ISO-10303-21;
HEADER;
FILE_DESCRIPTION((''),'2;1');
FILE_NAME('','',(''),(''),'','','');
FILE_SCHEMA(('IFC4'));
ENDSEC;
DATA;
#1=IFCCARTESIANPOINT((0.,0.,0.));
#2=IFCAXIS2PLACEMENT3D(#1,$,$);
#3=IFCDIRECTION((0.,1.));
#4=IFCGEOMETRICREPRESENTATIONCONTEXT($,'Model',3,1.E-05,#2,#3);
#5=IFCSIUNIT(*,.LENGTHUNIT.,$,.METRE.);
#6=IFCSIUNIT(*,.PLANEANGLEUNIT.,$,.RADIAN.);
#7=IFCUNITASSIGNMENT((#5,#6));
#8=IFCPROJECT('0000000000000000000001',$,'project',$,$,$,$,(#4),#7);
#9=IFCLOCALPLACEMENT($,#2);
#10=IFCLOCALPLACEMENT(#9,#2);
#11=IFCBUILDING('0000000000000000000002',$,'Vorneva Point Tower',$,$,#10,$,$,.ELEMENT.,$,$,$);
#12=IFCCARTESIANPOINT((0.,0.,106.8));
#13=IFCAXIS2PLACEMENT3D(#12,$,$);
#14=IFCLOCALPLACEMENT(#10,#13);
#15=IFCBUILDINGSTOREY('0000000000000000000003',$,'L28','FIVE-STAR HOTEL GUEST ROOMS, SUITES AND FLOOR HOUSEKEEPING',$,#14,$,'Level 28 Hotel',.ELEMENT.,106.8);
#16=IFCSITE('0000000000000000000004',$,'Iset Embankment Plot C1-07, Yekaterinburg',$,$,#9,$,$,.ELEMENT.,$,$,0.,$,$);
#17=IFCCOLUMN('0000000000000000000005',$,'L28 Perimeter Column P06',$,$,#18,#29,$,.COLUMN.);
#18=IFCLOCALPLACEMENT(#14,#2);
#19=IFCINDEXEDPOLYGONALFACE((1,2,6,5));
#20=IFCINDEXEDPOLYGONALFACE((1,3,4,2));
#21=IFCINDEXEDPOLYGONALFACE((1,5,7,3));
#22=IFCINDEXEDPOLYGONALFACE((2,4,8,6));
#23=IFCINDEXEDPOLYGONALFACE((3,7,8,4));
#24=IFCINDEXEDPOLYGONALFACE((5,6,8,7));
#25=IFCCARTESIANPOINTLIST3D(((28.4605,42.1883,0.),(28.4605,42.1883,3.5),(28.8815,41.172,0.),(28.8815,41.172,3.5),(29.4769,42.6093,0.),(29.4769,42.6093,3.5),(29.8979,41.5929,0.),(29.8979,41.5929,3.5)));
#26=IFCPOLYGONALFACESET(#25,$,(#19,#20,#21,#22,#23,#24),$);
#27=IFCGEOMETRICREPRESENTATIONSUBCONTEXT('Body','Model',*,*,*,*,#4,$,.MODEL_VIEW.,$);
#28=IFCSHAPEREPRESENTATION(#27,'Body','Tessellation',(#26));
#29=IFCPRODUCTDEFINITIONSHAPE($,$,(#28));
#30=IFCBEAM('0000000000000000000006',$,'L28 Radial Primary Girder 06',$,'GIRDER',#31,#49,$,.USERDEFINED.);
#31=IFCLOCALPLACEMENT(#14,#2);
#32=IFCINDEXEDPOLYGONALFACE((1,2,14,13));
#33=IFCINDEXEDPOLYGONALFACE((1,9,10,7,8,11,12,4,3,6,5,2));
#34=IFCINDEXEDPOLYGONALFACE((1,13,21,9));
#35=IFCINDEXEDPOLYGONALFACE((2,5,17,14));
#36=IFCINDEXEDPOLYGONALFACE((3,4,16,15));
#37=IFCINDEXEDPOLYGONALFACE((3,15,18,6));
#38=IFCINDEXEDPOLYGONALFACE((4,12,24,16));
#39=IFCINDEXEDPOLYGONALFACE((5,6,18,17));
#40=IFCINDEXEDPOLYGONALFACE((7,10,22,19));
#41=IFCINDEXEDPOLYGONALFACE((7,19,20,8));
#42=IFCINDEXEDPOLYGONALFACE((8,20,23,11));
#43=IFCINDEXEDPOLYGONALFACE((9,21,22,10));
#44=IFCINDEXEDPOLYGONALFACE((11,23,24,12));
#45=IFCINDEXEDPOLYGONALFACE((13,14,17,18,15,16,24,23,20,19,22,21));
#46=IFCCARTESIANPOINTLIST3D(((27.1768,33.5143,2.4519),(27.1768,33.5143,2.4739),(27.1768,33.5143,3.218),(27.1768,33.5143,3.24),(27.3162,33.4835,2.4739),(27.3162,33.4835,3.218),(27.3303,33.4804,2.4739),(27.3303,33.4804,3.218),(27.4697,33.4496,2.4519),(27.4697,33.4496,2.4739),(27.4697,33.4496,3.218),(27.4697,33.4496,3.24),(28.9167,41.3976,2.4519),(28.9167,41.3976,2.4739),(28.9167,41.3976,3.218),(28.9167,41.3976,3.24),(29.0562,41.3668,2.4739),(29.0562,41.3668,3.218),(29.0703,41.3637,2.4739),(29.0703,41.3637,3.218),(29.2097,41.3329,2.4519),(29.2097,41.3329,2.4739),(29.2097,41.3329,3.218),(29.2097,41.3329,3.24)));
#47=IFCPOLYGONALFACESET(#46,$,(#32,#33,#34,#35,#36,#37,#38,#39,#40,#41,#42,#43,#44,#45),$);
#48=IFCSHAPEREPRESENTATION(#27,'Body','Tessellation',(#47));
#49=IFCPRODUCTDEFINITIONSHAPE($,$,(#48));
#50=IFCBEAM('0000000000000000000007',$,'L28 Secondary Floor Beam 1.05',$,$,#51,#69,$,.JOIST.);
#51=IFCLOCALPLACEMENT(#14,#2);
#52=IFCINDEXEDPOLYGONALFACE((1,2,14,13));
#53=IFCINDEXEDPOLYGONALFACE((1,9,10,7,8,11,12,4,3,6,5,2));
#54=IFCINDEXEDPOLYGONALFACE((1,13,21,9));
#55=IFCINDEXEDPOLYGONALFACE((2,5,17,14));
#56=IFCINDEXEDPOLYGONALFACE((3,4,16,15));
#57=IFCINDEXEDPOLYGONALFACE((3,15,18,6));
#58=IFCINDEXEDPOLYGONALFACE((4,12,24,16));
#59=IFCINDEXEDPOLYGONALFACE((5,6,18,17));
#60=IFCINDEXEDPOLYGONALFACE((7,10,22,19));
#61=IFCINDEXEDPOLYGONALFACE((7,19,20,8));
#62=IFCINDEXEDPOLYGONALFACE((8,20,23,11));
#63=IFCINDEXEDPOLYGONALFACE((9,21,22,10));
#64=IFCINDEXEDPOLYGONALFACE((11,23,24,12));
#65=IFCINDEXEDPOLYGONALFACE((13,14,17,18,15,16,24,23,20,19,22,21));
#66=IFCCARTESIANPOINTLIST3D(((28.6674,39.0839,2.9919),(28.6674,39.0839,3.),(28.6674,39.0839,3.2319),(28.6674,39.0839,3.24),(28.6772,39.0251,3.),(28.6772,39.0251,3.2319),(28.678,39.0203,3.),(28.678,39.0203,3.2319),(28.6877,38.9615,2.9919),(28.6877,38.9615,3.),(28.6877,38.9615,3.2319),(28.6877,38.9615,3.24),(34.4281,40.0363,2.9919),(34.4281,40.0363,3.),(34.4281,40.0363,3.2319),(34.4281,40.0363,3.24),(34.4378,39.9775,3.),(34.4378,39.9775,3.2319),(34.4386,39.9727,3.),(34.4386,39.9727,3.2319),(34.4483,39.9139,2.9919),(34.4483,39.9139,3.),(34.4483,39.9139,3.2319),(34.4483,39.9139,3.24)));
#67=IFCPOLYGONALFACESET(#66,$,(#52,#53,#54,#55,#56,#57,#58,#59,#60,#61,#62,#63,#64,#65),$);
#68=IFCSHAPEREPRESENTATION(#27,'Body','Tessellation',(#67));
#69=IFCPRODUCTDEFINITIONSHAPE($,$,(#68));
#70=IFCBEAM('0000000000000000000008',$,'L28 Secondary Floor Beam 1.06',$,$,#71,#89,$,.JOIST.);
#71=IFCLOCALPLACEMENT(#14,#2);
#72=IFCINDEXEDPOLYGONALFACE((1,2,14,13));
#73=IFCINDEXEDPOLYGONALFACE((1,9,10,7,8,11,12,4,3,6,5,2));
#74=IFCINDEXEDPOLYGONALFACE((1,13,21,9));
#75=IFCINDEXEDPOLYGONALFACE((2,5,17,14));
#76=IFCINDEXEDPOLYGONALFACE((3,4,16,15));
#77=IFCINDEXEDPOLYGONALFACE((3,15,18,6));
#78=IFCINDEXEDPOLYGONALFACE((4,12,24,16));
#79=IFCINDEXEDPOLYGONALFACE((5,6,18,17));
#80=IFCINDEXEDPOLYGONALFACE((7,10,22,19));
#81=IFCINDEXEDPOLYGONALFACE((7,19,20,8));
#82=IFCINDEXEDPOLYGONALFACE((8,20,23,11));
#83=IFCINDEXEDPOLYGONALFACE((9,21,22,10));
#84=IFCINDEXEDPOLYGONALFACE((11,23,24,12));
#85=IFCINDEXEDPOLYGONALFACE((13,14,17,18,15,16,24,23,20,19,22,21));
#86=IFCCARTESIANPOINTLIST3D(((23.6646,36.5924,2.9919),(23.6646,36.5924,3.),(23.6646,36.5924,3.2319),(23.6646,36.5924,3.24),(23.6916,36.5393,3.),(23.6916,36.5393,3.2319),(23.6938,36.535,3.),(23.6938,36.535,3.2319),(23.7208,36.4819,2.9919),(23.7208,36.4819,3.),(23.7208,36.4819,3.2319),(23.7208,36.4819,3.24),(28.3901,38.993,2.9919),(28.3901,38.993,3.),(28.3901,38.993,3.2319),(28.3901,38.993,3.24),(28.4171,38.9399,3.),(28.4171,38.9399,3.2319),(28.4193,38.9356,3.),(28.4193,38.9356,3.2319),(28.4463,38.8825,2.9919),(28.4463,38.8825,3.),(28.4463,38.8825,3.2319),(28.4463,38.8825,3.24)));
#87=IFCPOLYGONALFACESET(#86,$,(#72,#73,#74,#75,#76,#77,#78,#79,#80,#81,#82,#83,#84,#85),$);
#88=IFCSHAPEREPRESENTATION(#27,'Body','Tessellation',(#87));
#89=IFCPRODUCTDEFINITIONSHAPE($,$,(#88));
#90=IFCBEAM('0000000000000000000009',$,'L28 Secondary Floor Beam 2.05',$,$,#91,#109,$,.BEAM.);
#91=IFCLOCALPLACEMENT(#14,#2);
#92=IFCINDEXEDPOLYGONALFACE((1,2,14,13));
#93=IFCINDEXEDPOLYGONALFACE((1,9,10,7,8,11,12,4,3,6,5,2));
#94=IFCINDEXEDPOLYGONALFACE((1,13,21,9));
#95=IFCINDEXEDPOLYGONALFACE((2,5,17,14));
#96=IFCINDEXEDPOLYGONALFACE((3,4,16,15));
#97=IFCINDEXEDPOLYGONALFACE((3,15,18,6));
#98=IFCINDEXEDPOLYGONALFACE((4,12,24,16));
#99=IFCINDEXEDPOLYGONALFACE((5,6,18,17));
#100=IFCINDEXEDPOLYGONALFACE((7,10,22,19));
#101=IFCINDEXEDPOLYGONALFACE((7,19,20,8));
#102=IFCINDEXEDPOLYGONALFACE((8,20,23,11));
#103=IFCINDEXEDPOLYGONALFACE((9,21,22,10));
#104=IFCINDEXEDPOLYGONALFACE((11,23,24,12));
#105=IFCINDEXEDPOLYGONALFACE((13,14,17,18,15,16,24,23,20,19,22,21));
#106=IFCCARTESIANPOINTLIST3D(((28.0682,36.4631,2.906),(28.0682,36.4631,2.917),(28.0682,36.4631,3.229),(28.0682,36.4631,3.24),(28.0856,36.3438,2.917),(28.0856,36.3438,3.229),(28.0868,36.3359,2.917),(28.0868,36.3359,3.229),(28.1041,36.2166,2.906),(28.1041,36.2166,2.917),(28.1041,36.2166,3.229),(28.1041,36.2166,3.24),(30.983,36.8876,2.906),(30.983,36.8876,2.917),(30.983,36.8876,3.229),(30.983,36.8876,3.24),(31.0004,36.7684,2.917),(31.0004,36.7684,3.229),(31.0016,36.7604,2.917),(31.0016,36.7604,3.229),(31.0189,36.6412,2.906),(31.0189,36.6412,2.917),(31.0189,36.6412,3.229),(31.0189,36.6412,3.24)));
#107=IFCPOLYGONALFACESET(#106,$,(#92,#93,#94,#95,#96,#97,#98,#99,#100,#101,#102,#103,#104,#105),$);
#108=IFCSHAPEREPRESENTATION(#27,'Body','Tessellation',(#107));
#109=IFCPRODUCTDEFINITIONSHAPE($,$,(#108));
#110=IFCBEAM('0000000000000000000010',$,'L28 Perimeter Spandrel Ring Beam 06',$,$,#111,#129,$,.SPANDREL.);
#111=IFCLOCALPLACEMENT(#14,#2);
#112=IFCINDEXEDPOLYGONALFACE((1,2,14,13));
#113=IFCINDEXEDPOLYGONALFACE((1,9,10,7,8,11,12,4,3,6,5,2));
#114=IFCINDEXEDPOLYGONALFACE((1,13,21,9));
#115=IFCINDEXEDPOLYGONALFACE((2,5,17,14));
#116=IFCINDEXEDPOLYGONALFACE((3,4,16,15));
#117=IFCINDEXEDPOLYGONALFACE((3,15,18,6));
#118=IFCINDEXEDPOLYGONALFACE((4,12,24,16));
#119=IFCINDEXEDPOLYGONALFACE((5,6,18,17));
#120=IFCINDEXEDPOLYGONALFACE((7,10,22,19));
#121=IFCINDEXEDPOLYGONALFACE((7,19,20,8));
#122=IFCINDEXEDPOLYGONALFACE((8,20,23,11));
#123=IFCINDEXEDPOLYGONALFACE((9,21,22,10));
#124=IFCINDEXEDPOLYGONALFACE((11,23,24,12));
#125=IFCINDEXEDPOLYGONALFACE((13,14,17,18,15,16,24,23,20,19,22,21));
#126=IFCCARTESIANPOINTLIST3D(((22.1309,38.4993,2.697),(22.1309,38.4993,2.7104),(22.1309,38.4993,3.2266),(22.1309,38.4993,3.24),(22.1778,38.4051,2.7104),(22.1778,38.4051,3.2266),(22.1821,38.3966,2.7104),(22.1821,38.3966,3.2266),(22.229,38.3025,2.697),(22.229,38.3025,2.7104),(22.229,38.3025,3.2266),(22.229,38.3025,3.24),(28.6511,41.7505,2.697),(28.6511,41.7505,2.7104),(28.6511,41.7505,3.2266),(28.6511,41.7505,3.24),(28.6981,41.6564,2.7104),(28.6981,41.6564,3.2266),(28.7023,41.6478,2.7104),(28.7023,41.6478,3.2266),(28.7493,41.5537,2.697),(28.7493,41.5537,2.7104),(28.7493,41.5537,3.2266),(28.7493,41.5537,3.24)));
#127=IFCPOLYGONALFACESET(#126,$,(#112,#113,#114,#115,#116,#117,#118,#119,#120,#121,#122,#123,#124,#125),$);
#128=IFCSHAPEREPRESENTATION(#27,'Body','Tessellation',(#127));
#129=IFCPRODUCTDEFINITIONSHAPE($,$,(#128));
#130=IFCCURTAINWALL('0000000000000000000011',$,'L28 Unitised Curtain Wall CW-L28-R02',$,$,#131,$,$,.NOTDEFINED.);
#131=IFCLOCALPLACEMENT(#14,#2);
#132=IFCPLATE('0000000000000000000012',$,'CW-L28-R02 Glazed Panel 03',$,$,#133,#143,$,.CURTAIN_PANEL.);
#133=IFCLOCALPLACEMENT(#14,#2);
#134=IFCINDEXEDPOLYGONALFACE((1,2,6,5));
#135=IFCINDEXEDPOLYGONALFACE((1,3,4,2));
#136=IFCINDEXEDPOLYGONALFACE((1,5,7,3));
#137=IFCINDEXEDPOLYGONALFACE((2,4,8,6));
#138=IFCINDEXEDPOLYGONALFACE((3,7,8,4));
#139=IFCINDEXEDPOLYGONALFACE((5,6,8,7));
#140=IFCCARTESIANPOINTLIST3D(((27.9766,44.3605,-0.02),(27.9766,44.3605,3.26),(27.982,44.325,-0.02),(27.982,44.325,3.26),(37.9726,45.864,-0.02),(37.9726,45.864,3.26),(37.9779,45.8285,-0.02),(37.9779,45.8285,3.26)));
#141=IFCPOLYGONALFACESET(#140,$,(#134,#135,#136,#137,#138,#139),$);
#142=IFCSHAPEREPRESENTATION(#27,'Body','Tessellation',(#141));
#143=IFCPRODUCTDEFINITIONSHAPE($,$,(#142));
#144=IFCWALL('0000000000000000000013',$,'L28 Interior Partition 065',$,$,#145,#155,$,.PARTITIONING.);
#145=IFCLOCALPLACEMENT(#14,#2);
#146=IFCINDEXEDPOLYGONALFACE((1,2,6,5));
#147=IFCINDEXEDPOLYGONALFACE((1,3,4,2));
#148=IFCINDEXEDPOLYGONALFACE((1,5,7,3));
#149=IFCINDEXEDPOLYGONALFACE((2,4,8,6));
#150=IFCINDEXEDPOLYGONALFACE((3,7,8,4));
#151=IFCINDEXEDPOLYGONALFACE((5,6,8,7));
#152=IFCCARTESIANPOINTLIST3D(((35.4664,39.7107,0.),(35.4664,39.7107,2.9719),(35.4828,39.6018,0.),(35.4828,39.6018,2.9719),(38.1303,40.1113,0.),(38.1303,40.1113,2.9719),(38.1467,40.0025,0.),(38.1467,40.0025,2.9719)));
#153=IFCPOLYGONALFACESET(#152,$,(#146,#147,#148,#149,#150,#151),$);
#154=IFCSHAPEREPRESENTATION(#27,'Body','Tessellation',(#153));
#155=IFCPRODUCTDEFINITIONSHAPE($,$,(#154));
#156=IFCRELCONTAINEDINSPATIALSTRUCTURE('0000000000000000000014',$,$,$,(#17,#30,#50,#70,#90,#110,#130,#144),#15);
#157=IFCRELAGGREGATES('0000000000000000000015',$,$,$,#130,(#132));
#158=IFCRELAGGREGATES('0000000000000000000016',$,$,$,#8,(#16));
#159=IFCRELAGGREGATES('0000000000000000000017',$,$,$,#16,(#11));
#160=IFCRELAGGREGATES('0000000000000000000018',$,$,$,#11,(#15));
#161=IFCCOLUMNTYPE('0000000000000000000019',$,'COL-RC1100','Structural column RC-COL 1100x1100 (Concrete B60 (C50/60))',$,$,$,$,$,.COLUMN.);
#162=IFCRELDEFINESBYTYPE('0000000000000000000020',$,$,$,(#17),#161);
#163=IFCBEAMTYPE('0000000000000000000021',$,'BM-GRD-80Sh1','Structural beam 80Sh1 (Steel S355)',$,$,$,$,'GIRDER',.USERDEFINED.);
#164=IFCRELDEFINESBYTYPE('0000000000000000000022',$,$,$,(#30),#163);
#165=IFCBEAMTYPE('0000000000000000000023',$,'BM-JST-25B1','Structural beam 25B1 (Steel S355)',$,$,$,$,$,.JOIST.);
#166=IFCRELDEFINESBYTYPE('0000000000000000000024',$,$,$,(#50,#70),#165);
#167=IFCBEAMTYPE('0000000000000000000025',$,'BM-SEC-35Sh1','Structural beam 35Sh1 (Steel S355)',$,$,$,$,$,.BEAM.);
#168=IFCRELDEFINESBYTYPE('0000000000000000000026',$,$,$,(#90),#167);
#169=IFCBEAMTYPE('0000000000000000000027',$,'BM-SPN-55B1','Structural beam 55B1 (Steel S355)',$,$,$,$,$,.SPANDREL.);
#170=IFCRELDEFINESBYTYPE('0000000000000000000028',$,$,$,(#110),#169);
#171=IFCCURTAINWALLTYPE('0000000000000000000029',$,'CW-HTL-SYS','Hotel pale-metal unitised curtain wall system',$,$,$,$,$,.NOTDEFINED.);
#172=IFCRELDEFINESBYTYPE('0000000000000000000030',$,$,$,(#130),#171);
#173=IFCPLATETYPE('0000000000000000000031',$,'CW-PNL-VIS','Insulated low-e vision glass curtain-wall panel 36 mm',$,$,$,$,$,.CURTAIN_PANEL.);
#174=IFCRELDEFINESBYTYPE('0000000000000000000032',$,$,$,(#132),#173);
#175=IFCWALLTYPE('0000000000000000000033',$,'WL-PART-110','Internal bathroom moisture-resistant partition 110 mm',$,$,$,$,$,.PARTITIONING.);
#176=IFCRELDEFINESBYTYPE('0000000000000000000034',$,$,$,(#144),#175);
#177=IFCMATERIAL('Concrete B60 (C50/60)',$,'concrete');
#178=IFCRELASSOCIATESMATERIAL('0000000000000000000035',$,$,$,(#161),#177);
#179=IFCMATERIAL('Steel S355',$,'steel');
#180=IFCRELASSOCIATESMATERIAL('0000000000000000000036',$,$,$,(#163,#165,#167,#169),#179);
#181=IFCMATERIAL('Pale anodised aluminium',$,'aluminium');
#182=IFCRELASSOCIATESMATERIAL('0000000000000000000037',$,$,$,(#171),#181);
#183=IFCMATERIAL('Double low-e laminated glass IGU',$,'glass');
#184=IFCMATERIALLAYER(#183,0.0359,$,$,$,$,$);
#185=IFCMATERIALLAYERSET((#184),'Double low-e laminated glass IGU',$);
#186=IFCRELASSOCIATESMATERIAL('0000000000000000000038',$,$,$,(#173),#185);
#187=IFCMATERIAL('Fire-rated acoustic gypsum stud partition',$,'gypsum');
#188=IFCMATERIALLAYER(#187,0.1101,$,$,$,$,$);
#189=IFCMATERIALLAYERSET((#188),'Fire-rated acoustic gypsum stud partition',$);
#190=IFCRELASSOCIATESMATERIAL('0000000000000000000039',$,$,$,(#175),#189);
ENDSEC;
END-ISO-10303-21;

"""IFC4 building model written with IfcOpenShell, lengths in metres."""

from ifc_helpers import new_model, si_unit, direction, frame, frame_2d, origin, origin_2d, place, context, subcontext, project, spatial, rectangle, i_section, extrude, material, layer, layer_set, material_profile, profile_set, type_object, element, aggregate, save


model = new_model("IFC4")

# Units and contexts
model_context = context("Model", 3, precision=1e-05, world=origin(), true_north=direction((0.0, 1.0)))
body_context = subcontext(model_context, "Body", "Model", "MODEL_VIEW")
ifc_project = project(units=[si_unit("LENGTHUNIT", "METRE"), si_unit("PLANEANGLEUNIT", "RADIAN")], contexts=[model_context])

# Site, building, storey
site_placement = place(None, origin())
site = spatial("IfcSite", under=ifc_project, at=site_placement, Name="Iset Embankment Plot C1-07, Yekaterinburg", CompositionType="ELEMENT", RefElevation=0.0)
building_placement = place(site_placement, origin())
building = spatial("IfcBuilding", under=site, at=building_placement, Name="Vorneva Point Tower", CompositionType="ELEMENT")
storey_placement = place(building_placement, frame((0.0, 0.0, 106.8)))
storey = spatial("IfcBuildingStorey", under=building, at=storey_placement, Name="L28", Description="FIVE-STAR HOTEL GUEST ROOMS, SUITES AND FLOOR HOUSEKEEPING", LongName="Level 28 Hotel", CompositionType="ELEMENT", Elevation=106.8)

# Column
ifc_material_1 = material(Name="Concrete B60 (C50/60)", Category="concrete")
ifc_material_profile_1 = material_profile(ifc_material_1, rectangle(XDim=1.1001, YDim=1.1001, at=origin_2d()), Name="RC-COL 1100x1100")
ifc_profile_set_1 = profile_set([ifc_material_profile_1], Name="Concrete B60 (C50/60)")
column_type = type_object("IfcColumnType", Name="COL-RC1100", Description="Structural column RC-COL 1100x1100 (Concrete B60 (C50/60))", PredefinedType="COLUMN", material=ifc_profile_set_1)
column_placement = place(storey_placement, frame((29.1792, 41.8906, 0.0), z_axis=(0.0, 0.0, 1.0), x_axis=(-0.382683, 0.92388, 0.0)))
element("IfcColumn", 1, at=column_placement, inside=storey, type_object=column_type, Name="L28 Perimeter Column P06", PredefinedType="COLUMN", context=body_context, shape_type="SweptSolid", body=[
    extrude(rectangle(XDim=1.1001, YDim=1.1001, at=origin_2d()), origin(), (0.0, 0.0, 1.0), 3.5),
])

# Beams
ifc_material_2 = material(Name="Steel S355", Category="steel")
ifc_material_profile_2 = material_profile(ifc_material_2, i_section(OverallWidth=0.3, OverallDepth=0.7881, WebThickness=0.0144, FlangeThickness=0.022, at=origin_2d()), Name="80Sh1")
ifc_profile_set_2 = profile_set([ifc_material_profile_2], Name="Steel S355")
beam_type_1 = type_object("IfcBeamType", Name="BM-GRD-80Sh1", Description="Structural beam 80Sh1 (Steel S355)", ElementType="GIRDER", PredefinedType="USERDEFINED", material=ifc_profile_set_2)
beam_1_placement = place(storey_placement, frame((29.0632, 41.3652, 2.8459), z_axis=(-0.215531, -0.976497, 0.0), x_axis=(0.976497, -0.215531, 0.0)))
element("IfcBeam", 2, at=beam_1_placement, inside=storey, type_object=beam_type_1, Name="L28 Radial Primary Girder 06", ObjectType="GIRDER", PredefinedType="USERDEFINED", context=body_context, shape_type="SweptSolid", body=[
    extrude(i_section(OverallWidth=0.3, OverallDepth=0.7881, WebThickness=0.0144, FlangeThickness=0.022, at=origin_2d()), origin(), (0.0, 0.0, 1.0), 8.073),
])
ifc_material_profile_3 = material_profile(ifc_material_2, i_section(OverallWidth=0.124, OverallDepth=0.248, WebThickness=0.0049, FlangeThickness=0.0081, at=origin_2d()), Name="25B1")
ifc_profile_set_3 = profile_set([ifc_material_profile_3], Name="Steel S355")
beam_type_2 = type_object("IfcBeamType", Name="BM-JST-25B1", Description="Structural beam 25B1 (Steel S355)", PredefinedType="JOIST", material=ifc_profile_set_3)
beam_2_placement = place(storey_placement, frame((34.4382, 39.9751, 3.116), z_axis=(-0.986608, -0.163111, 0.0), x_axis=(0.163111, -0.986608, 0.0)))
element("IfcBeam", 3, at=beam_2_placement, inside=storey, type_object=beam_type_2, Name="L28 Secondary Floor Beam 1.05", PredefinedType="JOIST", context=body_context, shape_type="SweptSolid", body=[
    extrude(i_section(OverallWidth=0.124, OverallDepth=0.248, WebThickness=0.0049, FlangeThickness=0.0081, at=origin_2d()), origin(), (0.0, 0.0, 1.0), 5.8389),
])
beam_3_placement = place(storey_placement, frame((28.4182, 38.9377, 3.116), z_axis=(-0.891553, -0.452916, 0.0), x_axis=(0.452916, -0.891553, 0.0)))
element("IfcBeam", 4, at=beam_3_placement, inside=storey, type_object=beam_type_2, Name="L28 Secondary Floor Beam 1.06", PredefinedType="JOIST", context=body_context, shape_type="SweptSolid", body=[
    extrude(i_section(OverallWidth=0.124, OverallDepth=0.248, WebThickness=0.0049, FlangeThickness=0.0081, at=origin_2d()), origin(), (0.0, 0.0, 1.0), 5.3003),
])
ifc_material_profile_4 = material_profile(ifc_material_2, i_section(OverallWidth=0.249, OverallDepth=0.334, WebThickness=0.0081, FlangeThickness=0.011, at=origin_2d()), Name="35Sh1")
ifc_profile_set_4 = profile_set([ifc_material_profile_4], Name="Steel S355")
beam_type_3 = type_object("IfcBeamType", Name="BM-SEC-35Sh1", Description="Structural beam 35Sh1 (Steel S355)", PredefinedType="BEAM", material=ifc_profile_set_4)
beam_4_placement = place(storey_placement, frame((31.001, 36.7644, 3.073), z_axis=(-0.989558, -0.144136, 0.0), x_axis=(0.144136, -0.989558, 0.0)))
element("IfcBeam", 5, at=beam_4_placement, inside=storey, type_object=beam_type_3, Name="L28 Secondary Floor Beam 2.05", PredefinedType="BEAM", context=body_context, shape_type="SweptSolid", body=[
    extrude(i_section(OverallWidth=0.249, OverallDepth=0.334, WebThickness=0.0081, FlangeThickness=0.011, at=origin_2d()), origin(), (0.0, 0.0, 1.0), 2.9456),
])
ifc_material_profile_5 = material_profile(ifc_material_2, i_section(OverallWidth=0.22, OverallDepth=0.543, WebThickness=0.0095, FlangeThickness=0.0134, at=origin_2d()), Name="55B1")
ifc_profile_set_5 = profile_set([ifc_material_profile_5], Name="Steel S355")
beam_type_4 = type_object("IfcBeamType", Name="BM-SPN-55B1", Description="Structural beam 55B1 (Steel S355)", PredefinedType="SPANDREL", material=ifc_profile_set_5)
beam_5_placement = place(storey_placement, frame((28.7002, 41.6521, 2.9685), z_axis=(-0.894916, -0.446235, 0.0), x_axis=(0.446235, -0.894916, 0.0)))
element("IfcBeam", 6, at=beam_5_placement, inside=storey, type_object=beam_type_4, Name="L28 Perimeter Spandrel Ring Beam 06", PredefinedType="SPANDREL", context=body_context, shape_type="SweptSolid", body=[
    extrude(i_section(OverallWidth=0.22, OverallDepth=0.543, WebThickness=0.0095, FlangeThickness=0.0134, at=origin_2d()), origin(), (0.0, 0.0, 1.0), 7.2859),
])

# Curtain wall, plate
ifc_material_3 = material(Name="Pale anodised aluminium", Category="aluminium")
curtain_wall_type = type_object("IfcCurtainWallType", Name="CW-HTL-SYS", Description="Hotel pale-metal unitised curtain wall system", PredefinedType="NOTDEFINED", material=ifc_material_3)
curtain_wall_placement = place(storey_placement, origin())
curtain_wall = element("IfcCurtainWall", 7, at=curtain_wall_placement, inside=storey, type_object=curtain_wall_type, Name="L28 Unitised Curtain Wall CW-L28-R02", PredefinedType="NOTDEFINED")
ifc_material_4 = material(Name="Double low-e laminated glass IGU", Category="glass")
ifc_layer_1 = layer(ifc_material_4, 0.0359)
ifc_layer_set_1 = layer_set([ifc_layer_1], Name="Double low-e laminated glass IGU")
plate_type = type_object("IfcPlateType", Name="CW-PNL-VIS", Description="Insulated low-e vision glass curtain-wall panel 36 mm", PredefinedType="CURTAIN_PANEL", material=ifc_layer_set_1)
plate_placement = place(storey_placement, frame((32.9773, 45.0945, -0.02), z_axis=(0.0, 0.0, 1.0), x_axis=(-0.988876, -0.148741, 0.0)))
plate = element("IfcPlate", 8, at=plate_placement, type_object=plate_type, Name="CW-L28-R02 Glazed Panel 03", PredefinedType="CURTAIN_PANEL", context=body_context, shape_type="SweptSolid", body=[
    extrude(rectangle(XDim=10.1084, YDim=0.0359, at=origin_2d()), origin(), (0.0, 0.0, 1.0), 3.28),
])
aggregate(curtain_wall, [plate])

# Wall
ifc_material_5 = material(Name="Fire-rated acoustic gypsum stud partition", Category="gypsum")
ifc_layer_2 = layer(ifc_material_5, 0.1101)
ifc_layer_set_2 = layer_set([ifc_layer_2], Name="Fire-rated acoustic gypsum stud partition")
wall_type_1 = type_object("IfcWallType", Name="WL-PART-110", Description="Internal bathroom moisture-resistant partition 110 mm", PredefinedType="PARTITIONING", material=ifc_layer_set_2)
wall_1_placement = place(storey_placement, frame((35.4746, 39.6562, 0.0), z_axis=(0.0, 0.0, 1.0), x_axis=(0.988878, 0.148726, 0.0)))
element("IfcWall", 9, at=wall_1_placement, inside=storey, type_object=wall_type_1, Name="L28 Interior Partition 065", PredefinedType="PARTITIONING", context=body_context, shape_type="SweptSolid", body=[
    extrude(rectangle(XDim=2.6938, YDim=0.1101, at=frame_2d((1.3469, 0.0))), origin(), (0.0, 0.0, 1.0), 2.9719),
])

save(model, "model.ifc")
